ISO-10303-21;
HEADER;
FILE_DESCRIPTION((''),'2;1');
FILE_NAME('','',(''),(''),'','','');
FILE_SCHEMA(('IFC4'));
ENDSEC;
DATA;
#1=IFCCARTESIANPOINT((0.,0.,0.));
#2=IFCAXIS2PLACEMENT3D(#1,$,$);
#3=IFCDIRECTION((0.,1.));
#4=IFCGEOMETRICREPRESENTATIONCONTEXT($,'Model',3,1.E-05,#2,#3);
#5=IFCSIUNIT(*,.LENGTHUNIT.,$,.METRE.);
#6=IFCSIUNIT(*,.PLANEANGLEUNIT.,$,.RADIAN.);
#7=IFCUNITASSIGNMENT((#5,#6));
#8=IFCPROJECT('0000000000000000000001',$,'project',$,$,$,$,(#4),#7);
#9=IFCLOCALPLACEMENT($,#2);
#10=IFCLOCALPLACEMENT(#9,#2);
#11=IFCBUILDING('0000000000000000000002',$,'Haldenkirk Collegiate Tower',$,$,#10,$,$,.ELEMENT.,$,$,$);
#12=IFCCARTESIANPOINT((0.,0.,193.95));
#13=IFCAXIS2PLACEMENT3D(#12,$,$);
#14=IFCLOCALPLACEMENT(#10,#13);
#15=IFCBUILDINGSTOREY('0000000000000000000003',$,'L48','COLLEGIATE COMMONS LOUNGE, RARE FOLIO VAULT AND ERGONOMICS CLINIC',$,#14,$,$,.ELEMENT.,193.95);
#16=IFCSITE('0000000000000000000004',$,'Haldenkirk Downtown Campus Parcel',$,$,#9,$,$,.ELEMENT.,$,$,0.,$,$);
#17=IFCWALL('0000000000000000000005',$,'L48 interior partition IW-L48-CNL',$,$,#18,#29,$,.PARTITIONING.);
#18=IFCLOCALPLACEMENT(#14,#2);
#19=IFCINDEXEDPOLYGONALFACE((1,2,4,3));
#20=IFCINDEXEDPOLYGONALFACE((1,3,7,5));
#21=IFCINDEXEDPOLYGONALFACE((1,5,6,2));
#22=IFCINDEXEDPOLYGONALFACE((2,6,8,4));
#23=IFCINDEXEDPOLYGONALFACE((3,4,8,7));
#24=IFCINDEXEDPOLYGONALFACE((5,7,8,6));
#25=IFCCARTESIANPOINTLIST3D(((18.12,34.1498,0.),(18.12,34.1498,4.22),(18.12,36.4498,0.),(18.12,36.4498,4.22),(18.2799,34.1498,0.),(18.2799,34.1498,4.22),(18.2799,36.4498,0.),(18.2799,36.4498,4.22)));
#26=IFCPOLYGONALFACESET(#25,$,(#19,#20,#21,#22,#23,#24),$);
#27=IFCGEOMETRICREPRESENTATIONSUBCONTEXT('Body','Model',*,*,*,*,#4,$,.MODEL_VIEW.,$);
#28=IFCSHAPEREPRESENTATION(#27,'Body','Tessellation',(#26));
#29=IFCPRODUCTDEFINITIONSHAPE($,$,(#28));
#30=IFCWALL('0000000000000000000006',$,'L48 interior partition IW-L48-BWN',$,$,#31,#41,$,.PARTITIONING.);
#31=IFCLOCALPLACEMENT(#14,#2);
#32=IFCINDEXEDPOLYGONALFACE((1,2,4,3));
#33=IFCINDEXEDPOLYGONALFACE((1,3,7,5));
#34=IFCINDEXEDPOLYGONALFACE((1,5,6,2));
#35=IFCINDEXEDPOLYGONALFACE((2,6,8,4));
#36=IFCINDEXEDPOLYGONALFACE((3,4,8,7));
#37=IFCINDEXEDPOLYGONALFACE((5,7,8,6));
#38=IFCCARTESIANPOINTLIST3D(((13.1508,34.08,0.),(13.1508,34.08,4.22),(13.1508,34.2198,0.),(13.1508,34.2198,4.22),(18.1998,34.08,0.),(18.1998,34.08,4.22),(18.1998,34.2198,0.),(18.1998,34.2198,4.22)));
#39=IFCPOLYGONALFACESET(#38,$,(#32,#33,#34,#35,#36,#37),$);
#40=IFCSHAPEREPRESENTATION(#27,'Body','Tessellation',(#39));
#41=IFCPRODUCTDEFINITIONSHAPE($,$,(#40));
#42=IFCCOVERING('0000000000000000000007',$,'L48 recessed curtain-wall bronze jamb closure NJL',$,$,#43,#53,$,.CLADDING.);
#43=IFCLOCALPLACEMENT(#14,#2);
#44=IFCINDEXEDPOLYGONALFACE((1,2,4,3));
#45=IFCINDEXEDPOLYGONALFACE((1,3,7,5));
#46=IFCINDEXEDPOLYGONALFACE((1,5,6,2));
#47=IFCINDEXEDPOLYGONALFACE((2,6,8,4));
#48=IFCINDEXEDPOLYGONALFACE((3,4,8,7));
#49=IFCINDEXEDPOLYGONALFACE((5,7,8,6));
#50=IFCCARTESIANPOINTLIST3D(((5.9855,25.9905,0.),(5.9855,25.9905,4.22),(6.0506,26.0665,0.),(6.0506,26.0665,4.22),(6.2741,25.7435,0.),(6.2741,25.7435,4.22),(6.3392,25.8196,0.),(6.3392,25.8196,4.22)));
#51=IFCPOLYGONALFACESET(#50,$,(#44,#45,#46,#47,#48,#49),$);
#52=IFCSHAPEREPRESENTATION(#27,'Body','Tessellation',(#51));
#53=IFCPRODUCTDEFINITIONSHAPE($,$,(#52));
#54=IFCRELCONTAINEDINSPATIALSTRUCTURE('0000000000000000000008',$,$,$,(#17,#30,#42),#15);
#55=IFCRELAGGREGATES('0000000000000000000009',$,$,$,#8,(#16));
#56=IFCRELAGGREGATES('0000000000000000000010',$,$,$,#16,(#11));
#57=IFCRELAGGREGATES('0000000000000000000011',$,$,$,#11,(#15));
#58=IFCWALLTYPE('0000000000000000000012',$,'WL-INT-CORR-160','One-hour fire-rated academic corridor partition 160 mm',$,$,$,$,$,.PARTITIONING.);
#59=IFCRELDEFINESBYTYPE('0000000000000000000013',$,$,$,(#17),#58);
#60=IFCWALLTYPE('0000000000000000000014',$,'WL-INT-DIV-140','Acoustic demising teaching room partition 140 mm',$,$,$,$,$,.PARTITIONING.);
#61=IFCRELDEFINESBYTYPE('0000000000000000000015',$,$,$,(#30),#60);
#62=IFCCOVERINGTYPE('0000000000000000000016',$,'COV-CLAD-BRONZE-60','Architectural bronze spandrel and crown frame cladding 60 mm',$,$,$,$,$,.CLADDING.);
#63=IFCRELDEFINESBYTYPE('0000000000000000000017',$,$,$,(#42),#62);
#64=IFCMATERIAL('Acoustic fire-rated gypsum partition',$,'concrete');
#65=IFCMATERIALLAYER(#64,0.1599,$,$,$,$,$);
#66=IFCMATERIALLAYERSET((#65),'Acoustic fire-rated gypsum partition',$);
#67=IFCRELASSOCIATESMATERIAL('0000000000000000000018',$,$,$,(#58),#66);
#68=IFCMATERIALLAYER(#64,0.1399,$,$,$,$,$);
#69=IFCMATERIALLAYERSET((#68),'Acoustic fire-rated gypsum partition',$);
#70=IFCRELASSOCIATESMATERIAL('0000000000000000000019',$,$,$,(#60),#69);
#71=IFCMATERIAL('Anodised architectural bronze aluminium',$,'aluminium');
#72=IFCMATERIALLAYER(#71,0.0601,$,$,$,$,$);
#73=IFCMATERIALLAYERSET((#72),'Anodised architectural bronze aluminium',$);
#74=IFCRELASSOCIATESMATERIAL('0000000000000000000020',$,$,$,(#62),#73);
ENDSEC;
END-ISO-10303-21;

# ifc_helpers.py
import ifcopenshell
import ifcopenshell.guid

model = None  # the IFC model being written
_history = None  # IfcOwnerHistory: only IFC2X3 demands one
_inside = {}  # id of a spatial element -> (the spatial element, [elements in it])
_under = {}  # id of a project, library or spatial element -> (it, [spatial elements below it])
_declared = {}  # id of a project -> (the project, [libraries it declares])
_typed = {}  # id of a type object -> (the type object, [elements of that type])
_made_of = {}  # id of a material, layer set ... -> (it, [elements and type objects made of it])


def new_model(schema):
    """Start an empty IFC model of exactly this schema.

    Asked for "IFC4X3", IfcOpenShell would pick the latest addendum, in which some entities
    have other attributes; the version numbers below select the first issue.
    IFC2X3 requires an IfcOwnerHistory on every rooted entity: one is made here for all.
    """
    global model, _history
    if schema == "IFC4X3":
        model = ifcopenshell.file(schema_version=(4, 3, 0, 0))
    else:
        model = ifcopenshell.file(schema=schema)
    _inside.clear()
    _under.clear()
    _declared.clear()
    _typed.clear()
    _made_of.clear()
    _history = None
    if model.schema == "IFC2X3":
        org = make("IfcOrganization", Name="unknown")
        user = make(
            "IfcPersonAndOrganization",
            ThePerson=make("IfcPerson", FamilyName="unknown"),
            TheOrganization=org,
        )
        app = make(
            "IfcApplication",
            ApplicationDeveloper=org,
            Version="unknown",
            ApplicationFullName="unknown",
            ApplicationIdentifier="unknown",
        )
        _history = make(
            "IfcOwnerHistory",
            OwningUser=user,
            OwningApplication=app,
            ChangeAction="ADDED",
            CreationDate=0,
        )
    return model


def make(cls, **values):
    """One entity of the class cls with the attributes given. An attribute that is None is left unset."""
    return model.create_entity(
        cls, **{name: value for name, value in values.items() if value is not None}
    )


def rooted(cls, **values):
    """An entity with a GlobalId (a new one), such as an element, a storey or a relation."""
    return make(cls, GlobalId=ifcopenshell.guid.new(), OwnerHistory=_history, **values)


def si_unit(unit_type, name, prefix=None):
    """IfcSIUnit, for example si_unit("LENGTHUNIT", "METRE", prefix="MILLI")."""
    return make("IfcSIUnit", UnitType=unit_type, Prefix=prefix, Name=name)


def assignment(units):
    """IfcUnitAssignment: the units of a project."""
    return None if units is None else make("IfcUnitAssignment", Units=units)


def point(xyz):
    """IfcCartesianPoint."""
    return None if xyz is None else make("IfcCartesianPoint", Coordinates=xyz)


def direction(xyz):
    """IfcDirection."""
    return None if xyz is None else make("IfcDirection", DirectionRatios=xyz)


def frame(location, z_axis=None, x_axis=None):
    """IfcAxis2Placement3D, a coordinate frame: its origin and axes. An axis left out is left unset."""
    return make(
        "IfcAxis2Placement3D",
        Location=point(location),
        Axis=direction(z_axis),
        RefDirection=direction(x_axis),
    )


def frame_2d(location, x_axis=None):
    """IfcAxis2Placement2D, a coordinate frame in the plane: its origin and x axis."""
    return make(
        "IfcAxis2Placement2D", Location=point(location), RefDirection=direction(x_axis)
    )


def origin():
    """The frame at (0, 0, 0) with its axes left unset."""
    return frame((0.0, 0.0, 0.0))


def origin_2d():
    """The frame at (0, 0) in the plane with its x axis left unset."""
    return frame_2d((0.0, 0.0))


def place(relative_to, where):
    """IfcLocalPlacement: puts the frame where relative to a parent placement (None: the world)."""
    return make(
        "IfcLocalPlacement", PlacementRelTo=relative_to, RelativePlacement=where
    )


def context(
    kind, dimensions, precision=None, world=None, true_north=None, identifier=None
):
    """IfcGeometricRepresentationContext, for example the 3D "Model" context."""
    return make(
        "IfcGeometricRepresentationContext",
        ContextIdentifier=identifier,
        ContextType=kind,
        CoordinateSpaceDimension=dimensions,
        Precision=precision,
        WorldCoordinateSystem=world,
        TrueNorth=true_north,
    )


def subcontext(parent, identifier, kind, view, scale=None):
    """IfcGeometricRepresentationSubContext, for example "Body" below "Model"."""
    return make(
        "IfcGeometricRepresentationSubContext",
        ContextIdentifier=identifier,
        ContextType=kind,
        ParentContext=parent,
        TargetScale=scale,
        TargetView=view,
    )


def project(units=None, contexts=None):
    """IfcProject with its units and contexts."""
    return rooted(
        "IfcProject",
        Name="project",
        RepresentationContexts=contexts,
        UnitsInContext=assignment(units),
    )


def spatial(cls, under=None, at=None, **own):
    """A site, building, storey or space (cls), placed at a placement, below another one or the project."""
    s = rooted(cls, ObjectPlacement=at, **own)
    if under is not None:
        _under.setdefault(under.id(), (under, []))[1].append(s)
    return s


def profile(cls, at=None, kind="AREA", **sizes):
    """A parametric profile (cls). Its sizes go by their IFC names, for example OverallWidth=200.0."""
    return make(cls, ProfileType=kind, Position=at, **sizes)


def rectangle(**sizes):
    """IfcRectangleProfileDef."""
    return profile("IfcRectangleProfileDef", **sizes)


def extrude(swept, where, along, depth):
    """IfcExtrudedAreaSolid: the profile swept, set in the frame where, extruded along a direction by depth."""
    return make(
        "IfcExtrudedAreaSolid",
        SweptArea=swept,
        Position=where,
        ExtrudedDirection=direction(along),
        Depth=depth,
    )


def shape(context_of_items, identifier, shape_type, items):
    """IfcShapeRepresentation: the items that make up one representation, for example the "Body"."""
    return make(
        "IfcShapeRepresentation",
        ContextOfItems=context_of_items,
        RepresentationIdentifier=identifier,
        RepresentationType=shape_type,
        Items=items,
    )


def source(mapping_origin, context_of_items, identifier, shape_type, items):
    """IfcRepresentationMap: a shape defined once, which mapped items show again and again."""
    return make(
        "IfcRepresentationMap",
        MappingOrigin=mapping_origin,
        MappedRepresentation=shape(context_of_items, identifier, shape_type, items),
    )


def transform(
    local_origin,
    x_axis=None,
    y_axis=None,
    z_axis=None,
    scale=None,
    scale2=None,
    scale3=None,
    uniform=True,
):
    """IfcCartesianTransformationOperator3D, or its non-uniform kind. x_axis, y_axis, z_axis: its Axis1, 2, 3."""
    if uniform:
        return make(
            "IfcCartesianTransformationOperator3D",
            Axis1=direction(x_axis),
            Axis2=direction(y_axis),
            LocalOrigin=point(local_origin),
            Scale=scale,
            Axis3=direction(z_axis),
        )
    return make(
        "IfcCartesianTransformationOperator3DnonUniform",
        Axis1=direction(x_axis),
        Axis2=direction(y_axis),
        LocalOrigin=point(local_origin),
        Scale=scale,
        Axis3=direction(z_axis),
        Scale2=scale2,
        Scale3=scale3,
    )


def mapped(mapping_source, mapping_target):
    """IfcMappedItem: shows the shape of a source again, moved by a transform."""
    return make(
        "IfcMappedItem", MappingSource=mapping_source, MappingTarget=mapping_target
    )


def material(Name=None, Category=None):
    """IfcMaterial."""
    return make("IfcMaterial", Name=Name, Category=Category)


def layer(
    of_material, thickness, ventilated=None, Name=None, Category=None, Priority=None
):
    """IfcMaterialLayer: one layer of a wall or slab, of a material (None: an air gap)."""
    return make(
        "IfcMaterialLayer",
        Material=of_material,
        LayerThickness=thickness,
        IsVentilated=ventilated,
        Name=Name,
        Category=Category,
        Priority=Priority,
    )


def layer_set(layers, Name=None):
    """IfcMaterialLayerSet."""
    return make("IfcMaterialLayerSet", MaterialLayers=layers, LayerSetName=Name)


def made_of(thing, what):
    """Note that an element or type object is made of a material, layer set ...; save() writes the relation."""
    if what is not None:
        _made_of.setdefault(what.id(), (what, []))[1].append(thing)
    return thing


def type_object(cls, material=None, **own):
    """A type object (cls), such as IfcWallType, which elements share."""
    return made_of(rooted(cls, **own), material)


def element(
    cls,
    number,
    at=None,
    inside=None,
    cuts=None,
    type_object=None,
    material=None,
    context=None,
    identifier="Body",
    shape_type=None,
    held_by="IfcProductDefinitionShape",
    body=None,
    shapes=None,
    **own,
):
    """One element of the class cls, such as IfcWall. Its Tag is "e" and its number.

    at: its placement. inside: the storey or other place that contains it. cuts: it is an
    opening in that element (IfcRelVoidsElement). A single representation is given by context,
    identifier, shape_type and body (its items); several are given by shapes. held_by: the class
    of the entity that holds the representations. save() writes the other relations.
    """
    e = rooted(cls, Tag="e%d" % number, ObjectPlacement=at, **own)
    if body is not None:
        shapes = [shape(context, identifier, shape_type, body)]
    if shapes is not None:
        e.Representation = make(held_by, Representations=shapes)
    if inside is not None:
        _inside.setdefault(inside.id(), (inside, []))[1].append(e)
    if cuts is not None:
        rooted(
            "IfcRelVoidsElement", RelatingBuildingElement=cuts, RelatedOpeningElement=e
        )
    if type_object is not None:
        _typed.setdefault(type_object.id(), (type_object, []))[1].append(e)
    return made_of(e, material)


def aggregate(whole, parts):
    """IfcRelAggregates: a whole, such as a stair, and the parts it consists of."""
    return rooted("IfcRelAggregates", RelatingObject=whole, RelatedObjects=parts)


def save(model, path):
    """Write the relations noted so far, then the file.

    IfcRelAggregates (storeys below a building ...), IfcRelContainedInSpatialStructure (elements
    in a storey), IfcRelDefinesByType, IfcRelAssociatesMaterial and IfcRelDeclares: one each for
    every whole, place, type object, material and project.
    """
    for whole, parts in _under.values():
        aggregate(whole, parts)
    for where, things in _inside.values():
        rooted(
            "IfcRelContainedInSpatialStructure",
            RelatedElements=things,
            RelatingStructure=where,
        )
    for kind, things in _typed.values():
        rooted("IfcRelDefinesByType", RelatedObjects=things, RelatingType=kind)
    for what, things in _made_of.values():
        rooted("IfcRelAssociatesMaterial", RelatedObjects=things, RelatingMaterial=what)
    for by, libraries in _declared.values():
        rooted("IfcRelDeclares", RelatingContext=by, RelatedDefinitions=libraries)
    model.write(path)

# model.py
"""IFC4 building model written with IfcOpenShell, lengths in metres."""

from ifc_helpers import new_model, si_unit, direction, frame, frame_2d, origin, origin_2d, place, context, subcontext, project, spatial, rectangle, extrude, source, transform, mapped, material, layer, layer_set, type_object, element, save


model = new_model("IFC4")

# Units and contexts
model_context = context("Model", 3, precision=1e-05, world=origin(), true_north=direction((0.0, 1.0)))
body_context = subcontext(model_context, "Body", "Model", "MODEL_VIEW")
ifc_project = project(units=[si_unit("LENGTHUNIT", "METRE"), si_unit("PLANEANGLEUNIT", "RADIAN")], contexts=[model_context])

# Site, building, storey
site_placement = place(None, origin())
site = spatial("IfcSite", under=ifc_project, at=site_placement, Name="Haldenkirk Downtown Campus Parcel", CompositionType="ELEMENT", RefElevation=0.0)
building_placement = place(site_placement, origin())
building = spatial("IfcBuilding", under=site, at=building_placement, Name="Haldenkirk Collegiate Tower", CompositionType="ELEMENT")
storey_placement = place(building_placement, frame((0.0, 0.0, 193.95)))
storey = spatial("IfcBuildingStorey", under=building, at=storey_placement, Name="L48", Description="COLLEGIATE COMMONS LOUNGE, RARE FOLIO VAULT AND ERGONOMICS CLINIC", CompositionType="ELEMENT", Elevation=193.95)

# Shared definitions
ifc_material_1 = material(Name="Anodised architectural bronze aluminium", Category="aluminium")

# Shared definitions
ifc_material_2 = material(Name="Acoustic fire-rated gypsum partition", Category="concrete")
ifc_layer_1 = layer(ifc_material_2, 0.1599)
ifc_layer_set_1 = layer_set([ifc_layer_1], Name="Acoustic fire-rated gypsum partition")
wall_type_1 = type_object("IfcWallType", Name="WL-INT-CORR-160", Description="One-hour fire-rated academic corridor partition 160 mm", PredefinedType="PARTITIONING", material=ifc_layer_set_1)

# Walls
wall_1_placement = place(storey_placement, frame((18.2, 34.1499, 0.0), z_axis=(0.0, 0.0, 1.0), x_axis=(0.0, 1.0, 0.0)))
element("IfcWall", 1, at=wall_1_placement, inside=storey, type_object=wall_type_1, Name="L48 interior partition IW-L48-CNL", PredefinedType="PARTITIONING", context=body_context, shape_type="SweptSolid", body=[
    extrude(rectangle(XDim=2.3, YDim=0.1599, at=frame_2d((1.1499, 0.0))), origin(), (0.0, 0.0, 1.0), 4.22),
])
ifc_layer_2 = layer(ifc_material_2, 0.1399)
ifc_layer_set_2 = layer_set([ifc_layer_2], Name="Acoustic fire-rated gypsum partition")
wall_type_2 = type_object("IfcWallType", Name="WL-INT-DIV-140", Description="Acoustic demising teaching room partition 140 mm", PredefinedType="PARTITIONING", material=ifc_layer_set_2)
wall_2_placement = place(storey_placement, frame((13.1509, 34.1499, 0.0), z_axis=(0.0, 0.0, 1.0), x_axis=(1.0, 0.0, 0.0)))
element("IfcWall", 2, at=wall_2_placement, inside=storey, type_object=wall_type_2, Name="L48 interior partition IW-L48-BWN", PredefinedType="PARTITIONING", context=body_context, shape_type="SweptSolid", body=[
    extrude(rectangle(XDim=5.0491, YDim=0.1399, at=frame_2d((2.5244, 0.0))), origin(), (0.0, 0.0, 1.0), 4.22),
])

# Covering
ifc_layer_3 = layer(ifc_material_1, 0.0601)
ifc_layer_set_3 = layer_set([ifc_layer_3], Name="Anodised architectural bronze aluminium")
covering_type = type_object("IfcCoveringType", Name="COV-CLAD-BRONZE-60", Description="Architectural bronze spandrel and crown frame cladding 60 mm", PredefinedType="CLADDING", material=ifc_layer_set_3)
shared_shape_1 = source(origin(), body_context, "Body", "SweptSolid", [
    extrude(rectangle(XDim=0.1001, YDim=0.3799, at=origin_2d()), origin(), (0.0, 0.0, 1.0), 4.22),
])
covering_placement = place(storey_placement, frame((6.1624, 25.905, 0.0), z_axis=(0.0, 0.0, 1.0), x_axis=(0.650111, 0.759839, 0.0)))
element("IfcCovering", 3, at=covering_placement, inside=storey, type_object=covering_type, Name="L48 recessed curtain-wall bronze jamb closure NJL", PredefinedType="CLADDING", context=body_context, shape_type="MappedRepresentation", body=[
    mapped(shared_shape_1, transform((0.0, 0.0, 0.0), x_axis=(1.0, 0.0, 0.0), y_axis=(0.0, 1.0, 0.0), z_axis=(0.0, 0.0, 1.0), scale=1.0)),
])

save(model, "model.ifc")
